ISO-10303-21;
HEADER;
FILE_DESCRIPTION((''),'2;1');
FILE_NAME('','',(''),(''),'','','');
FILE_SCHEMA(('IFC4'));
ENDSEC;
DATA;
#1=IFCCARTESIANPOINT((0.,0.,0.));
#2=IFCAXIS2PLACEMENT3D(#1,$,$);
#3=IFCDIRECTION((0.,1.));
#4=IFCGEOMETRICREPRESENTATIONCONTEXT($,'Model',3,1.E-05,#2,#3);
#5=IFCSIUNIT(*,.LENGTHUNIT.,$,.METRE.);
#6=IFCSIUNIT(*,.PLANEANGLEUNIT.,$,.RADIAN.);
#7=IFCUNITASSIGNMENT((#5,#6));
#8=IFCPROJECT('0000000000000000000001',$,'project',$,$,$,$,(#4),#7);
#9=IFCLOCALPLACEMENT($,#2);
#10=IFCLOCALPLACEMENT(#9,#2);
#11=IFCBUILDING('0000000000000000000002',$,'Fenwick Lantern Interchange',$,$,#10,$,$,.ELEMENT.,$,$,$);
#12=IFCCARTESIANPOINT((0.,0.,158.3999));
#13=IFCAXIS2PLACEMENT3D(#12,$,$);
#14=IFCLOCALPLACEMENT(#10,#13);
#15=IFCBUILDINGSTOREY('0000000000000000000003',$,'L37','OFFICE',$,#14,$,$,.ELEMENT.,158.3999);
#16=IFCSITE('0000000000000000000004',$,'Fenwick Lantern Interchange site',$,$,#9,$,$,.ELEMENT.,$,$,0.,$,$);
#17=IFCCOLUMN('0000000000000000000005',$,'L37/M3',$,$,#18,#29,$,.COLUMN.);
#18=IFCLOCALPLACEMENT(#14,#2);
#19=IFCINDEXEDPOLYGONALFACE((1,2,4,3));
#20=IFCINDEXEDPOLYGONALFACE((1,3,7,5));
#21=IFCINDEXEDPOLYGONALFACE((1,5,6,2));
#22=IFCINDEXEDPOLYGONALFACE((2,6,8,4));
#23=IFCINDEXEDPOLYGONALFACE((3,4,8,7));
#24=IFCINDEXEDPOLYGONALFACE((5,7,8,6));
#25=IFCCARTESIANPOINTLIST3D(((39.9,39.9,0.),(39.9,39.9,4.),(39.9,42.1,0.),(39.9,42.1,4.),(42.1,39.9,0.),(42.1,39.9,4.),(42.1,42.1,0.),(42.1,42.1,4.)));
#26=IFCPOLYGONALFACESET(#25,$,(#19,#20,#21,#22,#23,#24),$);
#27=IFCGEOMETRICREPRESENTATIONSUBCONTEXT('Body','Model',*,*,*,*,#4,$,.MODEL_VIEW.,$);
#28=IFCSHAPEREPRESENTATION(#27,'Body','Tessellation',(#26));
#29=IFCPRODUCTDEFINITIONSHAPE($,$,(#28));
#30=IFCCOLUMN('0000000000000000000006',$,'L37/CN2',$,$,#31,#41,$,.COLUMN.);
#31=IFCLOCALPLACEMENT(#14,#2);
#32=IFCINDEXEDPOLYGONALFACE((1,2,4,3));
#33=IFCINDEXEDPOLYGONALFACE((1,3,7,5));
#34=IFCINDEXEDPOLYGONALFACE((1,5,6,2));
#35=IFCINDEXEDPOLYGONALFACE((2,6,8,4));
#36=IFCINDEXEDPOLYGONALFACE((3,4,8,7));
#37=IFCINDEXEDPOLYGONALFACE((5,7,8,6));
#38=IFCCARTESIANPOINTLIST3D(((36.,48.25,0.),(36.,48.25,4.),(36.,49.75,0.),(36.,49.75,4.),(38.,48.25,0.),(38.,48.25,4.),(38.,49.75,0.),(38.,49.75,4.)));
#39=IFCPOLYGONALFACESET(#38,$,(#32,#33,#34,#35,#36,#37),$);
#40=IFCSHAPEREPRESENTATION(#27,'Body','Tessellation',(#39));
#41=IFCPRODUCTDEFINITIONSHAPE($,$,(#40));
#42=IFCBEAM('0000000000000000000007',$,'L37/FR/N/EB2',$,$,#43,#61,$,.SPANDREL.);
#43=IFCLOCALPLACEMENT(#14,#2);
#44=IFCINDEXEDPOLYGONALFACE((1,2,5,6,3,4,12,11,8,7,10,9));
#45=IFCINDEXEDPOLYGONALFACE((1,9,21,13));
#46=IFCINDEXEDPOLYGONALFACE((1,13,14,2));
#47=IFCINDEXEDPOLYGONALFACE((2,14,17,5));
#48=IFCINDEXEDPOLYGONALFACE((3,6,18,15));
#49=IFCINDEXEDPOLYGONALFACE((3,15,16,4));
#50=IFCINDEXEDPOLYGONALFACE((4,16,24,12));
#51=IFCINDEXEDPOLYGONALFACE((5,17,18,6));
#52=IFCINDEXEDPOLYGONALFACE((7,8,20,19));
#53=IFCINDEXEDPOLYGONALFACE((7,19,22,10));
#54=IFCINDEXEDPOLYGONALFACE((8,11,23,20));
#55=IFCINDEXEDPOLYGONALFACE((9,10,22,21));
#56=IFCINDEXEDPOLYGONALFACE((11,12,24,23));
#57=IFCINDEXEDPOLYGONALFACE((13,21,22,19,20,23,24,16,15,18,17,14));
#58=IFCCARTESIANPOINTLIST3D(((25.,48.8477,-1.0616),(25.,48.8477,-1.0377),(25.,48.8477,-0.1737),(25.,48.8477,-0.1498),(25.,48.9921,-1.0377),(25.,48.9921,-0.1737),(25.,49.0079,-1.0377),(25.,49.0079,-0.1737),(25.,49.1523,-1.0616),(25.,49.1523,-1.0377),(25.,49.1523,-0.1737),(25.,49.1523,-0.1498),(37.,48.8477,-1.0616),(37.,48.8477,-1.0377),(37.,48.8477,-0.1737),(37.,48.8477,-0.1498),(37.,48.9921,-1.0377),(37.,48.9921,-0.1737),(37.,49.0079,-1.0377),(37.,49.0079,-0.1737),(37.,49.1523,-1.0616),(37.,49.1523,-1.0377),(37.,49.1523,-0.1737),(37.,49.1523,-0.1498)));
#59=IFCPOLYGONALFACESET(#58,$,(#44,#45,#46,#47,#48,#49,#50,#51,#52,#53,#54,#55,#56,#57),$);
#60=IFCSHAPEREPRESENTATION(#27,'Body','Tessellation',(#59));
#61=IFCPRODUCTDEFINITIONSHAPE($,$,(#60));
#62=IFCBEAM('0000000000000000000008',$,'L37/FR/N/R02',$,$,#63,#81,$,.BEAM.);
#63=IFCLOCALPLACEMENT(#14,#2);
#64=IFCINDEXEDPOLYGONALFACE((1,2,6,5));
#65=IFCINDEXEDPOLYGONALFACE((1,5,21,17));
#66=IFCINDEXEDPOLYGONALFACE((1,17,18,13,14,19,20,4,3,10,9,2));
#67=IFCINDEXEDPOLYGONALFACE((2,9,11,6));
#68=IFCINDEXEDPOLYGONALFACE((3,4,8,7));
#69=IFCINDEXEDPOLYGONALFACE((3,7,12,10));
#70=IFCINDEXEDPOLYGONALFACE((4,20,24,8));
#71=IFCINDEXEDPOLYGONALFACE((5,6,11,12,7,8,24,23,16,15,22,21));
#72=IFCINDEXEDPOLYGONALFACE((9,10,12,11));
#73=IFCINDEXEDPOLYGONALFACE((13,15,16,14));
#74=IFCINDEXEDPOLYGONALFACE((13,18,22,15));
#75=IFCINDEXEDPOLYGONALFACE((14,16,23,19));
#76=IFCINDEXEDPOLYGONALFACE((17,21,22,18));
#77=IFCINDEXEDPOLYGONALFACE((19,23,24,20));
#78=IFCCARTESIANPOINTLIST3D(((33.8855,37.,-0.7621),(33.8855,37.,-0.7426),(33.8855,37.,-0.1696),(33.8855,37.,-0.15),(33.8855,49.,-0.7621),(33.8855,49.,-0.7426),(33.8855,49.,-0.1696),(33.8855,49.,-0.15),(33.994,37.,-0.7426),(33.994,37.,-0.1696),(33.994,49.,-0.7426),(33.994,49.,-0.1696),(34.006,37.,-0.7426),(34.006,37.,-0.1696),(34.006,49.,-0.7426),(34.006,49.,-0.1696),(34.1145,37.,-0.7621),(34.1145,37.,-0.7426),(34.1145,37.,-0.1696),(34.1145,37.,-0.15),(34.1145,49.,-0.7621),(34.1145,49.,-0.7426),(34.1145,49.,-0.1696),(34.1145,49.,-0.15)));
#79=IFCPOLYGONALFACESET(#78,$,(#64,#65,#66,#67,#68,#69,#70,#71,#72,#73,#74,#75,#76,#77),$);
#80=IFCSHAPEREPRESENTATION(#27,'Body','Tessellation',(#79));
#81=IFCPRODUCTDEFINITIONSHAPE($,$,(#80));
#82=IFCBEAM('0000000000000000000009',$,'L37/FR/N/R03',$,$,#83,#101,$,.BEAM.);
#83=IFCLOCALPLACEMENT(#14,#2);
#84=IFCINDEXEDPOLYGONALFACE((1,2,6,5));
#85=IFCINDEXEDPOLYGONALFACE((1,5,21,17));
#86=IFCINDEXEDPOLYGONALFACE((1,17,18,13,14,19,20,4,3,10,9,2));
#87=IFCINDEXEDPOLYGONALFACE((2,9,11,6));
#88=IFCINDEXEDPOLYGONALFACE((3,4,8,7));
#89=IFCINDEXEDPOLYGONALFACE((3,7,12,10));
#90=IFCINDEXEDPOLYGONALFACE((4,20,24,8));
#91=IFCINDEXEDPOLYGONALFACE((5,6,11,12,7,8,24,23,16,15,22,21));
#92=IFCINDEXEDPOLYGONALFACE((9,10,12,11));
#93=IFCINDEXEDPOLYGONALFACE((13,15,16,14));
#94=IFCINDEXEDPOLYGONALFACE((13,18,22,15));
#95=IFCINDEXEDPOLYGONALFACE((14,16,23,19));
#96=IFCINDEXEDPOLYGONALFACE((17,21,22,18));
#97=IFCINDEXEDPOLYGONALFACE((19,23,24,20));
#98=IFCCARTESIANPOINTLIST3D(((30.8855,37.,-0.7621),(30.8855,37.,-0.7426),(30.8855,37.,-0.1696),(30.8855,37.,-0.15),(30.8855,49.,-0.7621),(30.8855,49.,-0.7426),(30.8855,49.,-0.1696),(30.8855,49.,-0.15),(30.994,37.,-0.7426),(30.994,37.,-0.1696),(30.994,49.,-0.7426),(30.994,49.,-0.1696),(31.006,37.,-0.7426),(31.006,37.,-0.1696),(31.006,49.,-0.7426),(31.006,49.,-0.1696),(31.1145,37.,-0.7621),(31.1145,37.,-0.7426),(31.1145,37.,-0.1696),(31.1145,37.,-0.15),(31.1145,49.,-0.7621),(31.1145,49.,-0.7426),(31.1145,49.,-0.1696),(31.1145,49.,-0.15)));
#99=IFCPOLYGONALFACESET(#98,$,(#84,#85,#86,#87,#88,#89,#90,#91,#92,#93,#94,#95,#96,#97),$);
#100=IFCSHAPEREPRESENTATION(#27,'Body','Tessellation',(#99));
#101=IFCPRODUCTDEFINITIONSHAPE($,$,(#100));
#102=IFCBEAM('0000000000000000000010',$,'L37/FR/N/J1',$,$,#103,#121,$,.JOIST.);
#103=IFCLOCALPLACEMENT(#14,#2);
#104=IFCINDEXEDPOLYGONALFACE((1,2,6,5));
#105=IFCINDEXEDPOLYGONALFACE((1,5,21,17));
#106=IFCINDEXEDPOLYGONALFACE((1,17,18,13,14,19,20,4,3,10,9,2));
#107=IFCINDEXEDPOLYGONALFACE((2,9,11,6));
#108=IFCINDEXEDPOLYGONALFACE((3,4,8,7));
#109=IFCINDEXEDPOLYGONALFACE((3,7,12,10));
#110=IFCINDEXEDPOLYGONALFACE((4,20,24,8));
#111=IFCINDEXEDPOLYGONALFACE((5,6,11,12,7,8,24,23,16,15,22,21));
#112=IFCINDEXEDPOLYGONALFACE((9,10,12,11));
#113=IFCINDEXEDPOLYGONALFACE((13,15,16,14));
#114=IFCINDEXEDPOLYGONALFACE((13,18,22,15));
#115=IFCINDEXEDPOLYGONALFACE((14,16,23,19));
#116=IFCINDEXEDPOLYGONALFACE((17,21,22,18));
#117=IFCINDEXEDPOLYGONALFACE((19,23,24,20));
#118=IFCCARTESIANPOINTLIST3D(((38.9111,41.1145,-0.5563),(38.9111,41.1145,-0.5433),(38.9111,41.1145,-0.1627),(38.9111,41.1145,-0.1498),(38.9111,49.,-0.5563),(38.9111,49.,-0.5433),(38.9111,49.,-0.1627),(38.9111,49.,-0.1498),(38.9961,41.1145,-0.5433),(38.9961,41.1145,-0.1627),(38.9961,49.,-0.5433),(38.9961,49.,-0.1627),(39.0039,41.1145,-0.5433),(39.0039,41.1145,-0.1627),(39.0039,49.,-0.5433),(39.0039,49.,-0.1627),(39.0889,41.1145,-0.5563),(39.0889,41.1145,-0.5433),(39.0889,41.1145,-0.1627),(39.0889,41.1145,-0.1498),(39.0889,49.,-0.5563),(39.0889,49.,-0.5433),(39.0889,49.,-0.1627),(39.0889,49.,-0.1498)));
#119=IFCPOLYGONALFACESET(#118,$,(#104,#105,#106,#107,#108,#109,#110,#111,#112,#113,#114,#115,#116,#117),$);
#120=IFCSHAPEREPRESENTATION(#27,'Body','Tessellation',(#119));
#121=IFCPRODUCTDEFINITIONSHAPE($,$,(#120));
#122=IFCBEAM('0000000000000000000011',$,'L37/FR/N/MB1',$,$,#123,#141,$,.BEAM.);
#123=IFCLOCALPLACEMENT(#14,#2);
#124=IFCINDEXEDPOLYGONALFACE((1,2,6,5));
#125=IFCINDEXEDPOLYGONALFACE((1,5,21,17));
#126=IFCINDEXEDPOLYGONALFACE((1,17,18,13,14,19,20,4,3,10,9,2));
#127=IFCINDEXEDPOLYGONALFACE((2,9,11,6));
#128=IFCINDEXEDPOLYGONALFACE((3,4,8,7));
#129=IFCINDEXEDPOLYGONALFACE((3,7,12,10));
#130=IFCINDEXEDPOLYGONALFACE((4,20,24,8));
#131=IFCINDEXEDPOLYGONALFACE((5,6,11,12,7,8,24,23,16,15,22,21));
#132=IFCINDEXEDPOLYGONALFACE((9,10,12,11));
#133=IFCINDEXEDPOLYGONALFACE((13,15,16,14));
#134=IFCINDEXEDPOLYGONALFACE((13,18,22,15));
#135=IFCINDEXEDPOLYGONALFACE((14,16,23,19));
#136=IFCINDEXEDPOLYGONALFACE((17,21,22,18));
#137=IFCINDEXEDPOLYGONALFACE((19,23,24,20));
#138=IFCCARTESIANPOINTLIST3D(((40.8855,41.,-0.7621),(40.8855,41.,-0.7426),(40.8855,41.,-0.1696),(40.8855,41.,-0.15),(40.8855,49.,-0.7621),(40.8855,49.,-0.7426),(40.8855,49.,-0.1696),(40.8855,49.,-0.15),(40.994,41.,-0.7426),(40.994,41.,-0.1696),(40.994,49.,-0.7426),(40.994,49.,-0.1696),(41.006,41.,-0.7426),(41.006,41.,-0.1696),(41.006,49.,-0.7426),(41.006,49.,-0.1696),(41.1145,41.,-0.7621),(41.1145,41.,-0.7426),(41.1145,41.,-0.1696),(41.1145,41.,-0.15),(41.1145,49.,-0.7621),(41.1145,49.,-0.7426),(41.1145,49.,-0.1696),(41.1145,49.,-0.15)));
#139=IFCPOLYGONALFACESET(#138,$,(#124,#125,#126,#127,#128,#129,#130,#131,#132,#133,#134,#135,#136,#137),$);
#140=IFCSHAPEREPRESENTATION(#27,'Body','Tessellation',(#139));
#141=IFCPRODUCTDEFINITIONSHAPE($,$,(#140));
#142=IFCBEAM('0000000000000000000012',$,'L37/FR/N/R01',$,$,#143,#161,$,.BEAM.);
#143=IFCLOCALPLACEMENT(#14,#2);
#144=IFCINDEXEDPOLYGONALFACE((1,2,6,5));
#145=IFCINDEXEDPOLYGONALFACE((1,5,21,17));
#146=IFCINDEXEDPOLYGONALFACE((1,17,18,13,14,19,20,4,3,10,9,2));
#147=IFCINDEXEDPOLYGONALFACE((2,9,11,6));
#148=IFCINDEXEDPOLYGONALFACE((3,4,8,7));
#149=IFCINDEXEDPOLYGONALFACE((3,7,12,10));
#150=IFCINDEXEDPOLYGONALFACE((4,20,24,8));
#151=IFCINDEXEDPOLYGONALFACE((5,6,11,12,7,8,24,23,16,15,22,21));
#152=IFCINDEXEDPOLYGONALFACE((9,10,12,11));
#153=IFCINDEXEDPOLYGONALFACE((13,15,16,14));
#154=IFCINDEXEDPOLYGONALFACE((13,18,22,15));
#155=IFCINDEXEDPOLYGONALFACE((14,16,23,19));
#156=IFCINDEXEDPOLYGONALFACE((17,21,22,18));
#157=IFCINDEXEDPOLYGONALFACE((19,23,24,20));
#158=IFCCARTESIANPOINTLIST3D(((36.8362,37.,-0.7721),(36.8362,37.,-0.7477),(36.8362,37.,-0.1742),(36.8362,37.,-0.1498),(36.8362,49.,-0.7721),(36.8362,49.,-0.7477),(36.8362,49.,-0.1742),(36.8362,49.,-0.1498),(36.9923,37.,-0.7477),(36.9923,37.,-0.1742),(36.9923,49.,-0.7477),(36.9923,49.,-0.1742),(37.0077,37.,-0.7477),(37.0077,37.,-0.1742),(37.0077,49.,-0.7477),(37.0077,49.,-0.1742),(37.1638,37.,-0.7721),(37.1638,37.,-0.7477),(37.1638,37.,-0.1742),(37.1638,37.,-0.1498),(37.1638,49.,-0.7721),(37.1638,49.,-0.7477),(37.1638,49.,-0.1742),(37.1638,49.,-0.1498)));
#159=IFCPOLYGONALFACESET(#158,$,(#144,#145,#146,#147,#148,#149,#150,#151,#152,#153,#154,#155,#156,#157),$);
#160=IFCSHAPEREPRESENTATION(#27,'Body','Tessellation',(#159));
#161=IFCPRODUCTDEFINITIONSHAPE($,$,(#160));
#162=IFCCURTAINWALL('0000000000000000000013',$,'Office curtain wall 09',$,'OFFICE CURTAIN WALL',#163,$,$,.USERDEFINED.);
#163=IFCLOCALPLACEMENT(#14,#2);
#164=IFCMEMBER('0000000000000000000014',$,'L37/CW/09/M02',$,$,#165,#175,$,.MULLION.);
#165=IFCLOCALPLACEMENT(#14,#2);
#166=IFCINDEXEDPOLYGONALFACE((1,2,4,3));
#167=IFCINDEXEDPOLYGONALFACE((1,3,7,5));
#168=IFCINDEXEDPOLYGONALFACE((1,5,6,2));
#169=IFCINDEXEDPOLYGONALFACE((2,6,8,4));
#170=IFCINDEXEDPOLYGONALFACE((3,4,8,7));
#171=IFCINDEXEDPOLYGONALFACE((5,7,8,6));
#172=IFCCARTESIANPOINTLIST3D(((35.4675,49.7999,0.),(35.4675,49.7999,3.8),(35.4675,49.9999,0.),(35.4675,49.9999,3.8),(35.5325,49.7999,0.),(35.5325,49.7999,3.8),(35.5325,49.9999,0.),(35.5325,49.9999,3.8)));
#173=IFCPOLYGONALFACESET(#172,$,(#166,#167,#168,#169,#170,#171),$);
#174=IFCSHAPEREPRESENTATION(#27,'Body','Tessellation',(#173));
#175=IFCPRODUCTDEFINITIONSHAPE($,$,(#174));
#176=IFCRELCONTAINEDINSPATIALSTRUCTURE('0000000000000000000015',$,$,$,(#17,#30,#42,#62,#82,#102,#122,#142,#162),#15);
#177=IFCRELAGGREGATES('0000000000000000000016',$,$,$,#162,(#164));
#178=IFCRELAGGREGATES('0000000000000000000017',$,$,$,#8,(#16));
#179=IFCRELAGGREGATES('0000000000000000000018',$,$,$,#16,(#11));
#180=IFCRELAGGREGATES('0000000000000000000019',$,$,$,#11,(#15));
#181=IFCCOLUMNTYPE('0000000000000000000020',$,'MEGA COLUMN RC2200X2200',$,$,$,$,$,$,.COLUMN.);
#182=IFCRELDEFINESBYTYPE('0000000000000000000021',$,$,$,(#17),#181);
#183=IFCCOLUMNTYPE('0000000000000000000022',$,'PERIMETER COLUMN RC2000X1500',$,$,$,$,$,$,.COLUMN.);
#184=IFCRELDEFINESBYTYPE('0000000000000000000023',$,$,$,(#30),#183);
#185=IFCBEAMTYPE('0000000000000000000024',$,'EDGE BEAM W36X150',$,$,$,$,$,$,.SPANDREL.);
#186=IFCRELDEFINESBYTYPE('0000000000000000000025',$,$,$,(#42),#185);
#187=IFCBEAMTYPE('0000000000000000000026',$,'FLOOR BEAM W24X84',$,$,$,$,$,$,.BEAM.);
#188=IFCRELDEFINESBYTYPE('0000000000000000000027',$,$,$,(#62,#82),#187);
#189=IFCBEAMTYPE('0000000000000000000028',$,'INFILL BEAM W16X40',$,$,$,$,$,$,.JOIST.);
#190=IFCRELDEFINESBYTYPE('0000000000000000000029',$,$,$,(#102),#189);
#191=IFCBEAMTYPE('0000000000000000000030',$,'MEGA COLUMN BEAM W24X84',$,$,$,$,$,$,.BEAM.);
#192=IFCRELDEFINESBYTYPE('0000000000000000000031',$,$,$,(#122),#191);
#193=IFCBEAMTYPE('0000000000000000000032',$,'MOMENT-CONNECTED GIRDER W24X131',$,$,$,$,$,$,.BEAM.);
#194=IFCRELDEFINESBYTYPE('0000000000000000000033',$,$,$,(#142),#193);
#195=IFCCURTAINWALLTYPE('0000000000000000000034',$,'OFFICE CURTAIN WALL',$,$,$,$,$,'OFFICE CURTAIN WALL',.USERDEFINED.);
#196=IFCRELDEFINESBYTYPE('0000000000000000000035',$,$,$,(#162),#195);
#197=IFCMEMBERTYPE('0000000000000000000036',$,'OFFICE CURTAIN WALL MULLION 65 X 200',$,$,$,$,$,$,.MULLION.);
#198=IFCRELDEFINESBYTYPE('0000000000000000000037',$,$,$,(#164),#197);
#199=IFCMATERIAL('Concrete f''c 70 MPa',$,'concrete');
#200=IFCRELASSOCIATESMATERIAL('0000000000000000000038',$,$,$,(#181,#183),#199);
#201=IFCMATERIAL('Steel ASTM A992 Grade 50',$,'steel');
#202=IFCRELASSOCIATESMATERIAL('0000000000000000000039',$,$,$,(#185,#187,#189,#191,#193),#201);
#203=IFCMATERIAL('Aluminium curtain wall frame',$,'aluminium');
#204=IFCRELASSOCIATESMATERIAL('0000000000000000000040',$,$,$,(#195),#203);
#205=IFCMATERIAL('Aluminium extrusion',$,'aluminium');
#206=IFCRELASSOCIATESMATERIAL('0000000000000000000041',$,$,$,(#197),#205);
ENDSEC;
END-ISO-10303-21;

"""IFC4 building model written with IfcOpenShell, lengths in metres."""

from ifc_helpers import new_model, si_unit, direction, frame, origin, origin_2d, place, context, subcontext, project, spatial, rectangle, i_section, extrude, material, material_profile, profile_set, type_object, element, aggregate, save


model = new_model("IFC4")

# Units and contexts
model_context = context("Model", 3, precision=1e-05, world=origin(), true_north=direction((0.0, 1.0)))
body_context = subcontext(model_context, "Body", "Model", "MODEL_VIEW")
ifc_project = project(units=[si_unit("LENGTHUNIT", "METRE"), si_unit("PLANEANGLEUNIT", "RADIAN")], contexts=[model_context])

# Site, building, storey
site_placement = place(None, origin())
site = spatial("IfcSite", under=ifc_project, at=site_placement, Name="Fenwick Lantern Interchange site", CompositionType="ELEMENT", RefElevation=0.0)
building_placement = place(site_placement, origin())
building = spatial("IfcBuilding", under=site, at=building_placement, Name="Fenwick Lantern Interchange", CompositionType="ELEMENT")
storey_placement = place(building_placement, frame((0.0, 0.0, 158.3999)))
storey = spatial("IfcBuildingStorey", under=building, at=storey_placement, Name="L37", Description="OFFICE", CompositionType="ELEMENT", Elevation=158.3999)

# Columns
ifc_material_1 = material(Name="Concrete f'c 70 MPa", Category="concrete")
ifc_material_profile_1 = material_profile(ifc_material_1, rectangle(XDim=2.2, YDim=2.2, at=origin_2d()), Name="RC2200X2200")
ifc_profile_set_1 = profile_set([ifc_material_profile_1], Name="Concrete f'c 70 MPa")
column_type_1 = type_object("IfcColumnType", Name="MEGA COLUMN RC2200X2200", PredefinedType="COLUMN", material=ifc_profile_set_1)
column_1_placement = place(storey_placement, frame((41.0, 41.0, 0.0), z_axis=(0.0, 0.0, 1.0), x_axis=(1.0, 0.0, 0.0)))
element("IfcColumn", 1, at=column_1_placement, inside=storey, type_object=column_type_1, Name="L37/M3", PredefinedType="COLUMN", context=body_context, shape_type="SweptSolid", body=[
    extrude(rectangle(XDim=2.2, YDim=2.2, at=origin_2d()), origin(), (0.0, 0.0, 1.0), 4.0),
])
ifc_material_profile_2 = material_profile(ifc_material_1, rectangle(XDim=2.0, YDim=1.5, at=origin_2d()), Name="RC2000X1500")
ifc_profile_set_2 = profile_set([ifc_material_profile_2], Name="Concrete f'c 70 MPa")
column_type_2 = type_object("IfcColumnType", Name="PERIMETER COLUMN RC2000X1500", PredefinedType="COLUMN", material=ifc_profile_set_2)
column_2_placement = place(storey_placement, frame((37.0, 49.0, 0.0), z_axis=(0.0, 0.0, 1.0), x_axis=(1.0, 0.0, 0.0)))
element("IfcColumn", 2, at=column_2_placement, inside=storey, type_object=column_type_2, Name="L37/CN2", PredefinedType="COLUMN", context=body_context, shape_type="SweptSolid", body=[
    extrude(rectangle(XDim=2.0, YDim=1.5, at=origin_2d()), origin(), (0.0, 0.0, 1.0), 4.0),
])

# Beams
ifc_material_2 = material(Name="Steel ASTM A992 Grade 50", Category="steel")
ifc_material_profile_3 = material_profile(ifc_material_2, i_section(OverallWidth=0.3047, OverallDepth=0.9119, WebThickness=0.0159, FlangeThickness=0.0239, at=origin_2d()), Name="W36X150")
ifc_profile_set_3 = profile_set([ifc_material_profile_3], Name="Steel ASTM A992 Grade 50")
beam_type_1 = type_object("IfcBeamType", Name="EDGE BEAM W36X150", PredefinedType="SPANDREL", material=ifc_profile_set_3)
beam_1_placement = place(storey_placement, frame((37.0, 49.0, -0.6057), z_axis=(-1.0, 0.0, 0.0), x_axis=(0.0, -1.0, 0.0)))
element("IfcBeam", 3, at=beam_1_placement, inside=storey, type_object=beam_type_1, Name="L37/FR/N/EB2", PredefinedType="SPANDREL", context=body_context, shape_type="SweptSolid", body=[
    extrude(i_section(OverallWidth=0.3047, OverallDepth=0.9119, WebThickness=0.0159, FlangeThickness=0.0239, at=origin_2d()), origin(), (0.0, 0.0, 1.0), 12.0),
])
ifc_material_profile_4 = material_profile(ifc_material_2, i_section(OverallWidth=0.229, OverallDepth=0.6121, WebThickness=0.012, FlangeThickness=0.0195, at=origin_2d()), Name="W24X84")
ifc_profile_set_4 = profile_set([ifc_material_profile_4], Name="Steel ASTM A992 Grade 50")
beam_type_2 = type_object("IfcBeamType", Name="FLOOR BEAM W24X84", PredefinedType="BEAM", material=ifc_profile_set_4)
for number, where, z_axis, x_axis, name in (
    (4, (34.0, 49.0, -0.4561), (0.0, -1.0, 0.0), (1.0, 0.0, 0.0), "L37/FR/N/R02"),
    (5, (31.0, 49.0, -0.4561), (0.0, -1.0, 0.0), (1.0, 0.0, 0.0), "L37/FR/N/R03"),
):
    element("IfcBeam", number, at=place(storey_placement, frame(where, z_axis=z_axis, x_axis=x_axis)), inside=storey, type_object=beam_type_2, Name=name, PredefinedType="BEAM", context=body_context, shape_type="SweptSolid", body=[
        extrude(i_section(OverallWidth=0.229, OverallDepth=0.6121, WebThickness=0.012, FlangeThickness=0.0195, at=origin_2d()), origin(), (0.0, 0.0, 1.0), 12.0),
    ])
ifc_material_profile_5 = material_profile(ifc_material_2, i_section(OverallWidth=0.1777, OverallDepth=0.4065, WebThickness=0.0078, FlangeThickness=0.0129, at=origin_2d()), Name="W16X40")
ifc_profile_set_5 = profile_set([ifc_material_profile_5], Name="Steel ASTM A992 Grade 50")
beam_type_3 = type_object("IfcBeamType", Name="INFILL BEAM W16X40", PredefinedType="JOIST", material=ifc_profile_set_5)
beam_2_placement = place(storey_placement, frame((39.0, 49.0, -0.353), z_axis=(0.0, -1.0, 0.0), x_axis=(1.0, 0.0, 0.0)))
element("IfcBeam", 6, at=beam_2_placement, inside=storey, type_object=beam_type_3, Name="L37/FR/N/J1", PredefinedType="JOIST", context=body_context, shape_type="SweptSolid", body=[
    extrude(i_section(OverallWidth=0.1777, OverallDepth=0.4065, WebThickness=0.0078, FlangeThickness=0.0129, at=origin_2d()), origin(), (0.0, 0.0, 1.0), 7.8855),
])
ifc_material_profile_6 = material_profile(ifc_material_2, i_section(OverallWidth=0.229, OverallDepth=0.6121, WebThickness=0.012, FlangeThickness=0.0195, at=origin_2d()), Name="W24X84")
ifc_profile_set_6 = profile_set([ifc_material_profile_6], Name="Steel ASTM A992 Grade 50")
beam_type_4 = type_object("IfcBeamType", Name="MEGA COLUMN BEAM W24X84", PredefinedType="BEAM", material=ifc_profile_set_6)
beam_3_placement = place(storey_placement, frame((41.0, 41.0, -0.4561), z_axis=(0.0, 1.0, 0.0), x_axis=(-1.0, 0.0, 0.0)))
element("IfcBeam", 7, at=beam_3_placement, inside=storey, type_object=beam_type_4, Name="L37/FR/N/MB1", PredefinedType="BEAM", context=body_context, shape_type="SweptSolid", body=[
    extrude(i_section(OverallWidth=0.229, OverallDepth=0.6121, WebThickness=0.012, FlangeThickness=0.0195, at=origin_2d()), origin(), (0.0, 0.0, 1.0), 8.0),
])
ifc_material_profile_7 = material_profile(ifc_material_2, i_section(OverallWidth=0.3276, OverallDepth=0.6223, WebThickness=0.0154, FlangeThickness=0.0244, at=origin_2d()), Name="W24X131")
ifc_profile_set_7 = profile_set([ifc_material_profile_7], Name="Steel ASTM A992 Grade 50")
beam_type_5 = type_object("IfcBeamType", Name="MOMENT-CONNECTED GIRDER W24X131", PredefinedType="BEAM", material=ifc_profile_set_7)
beam_4_placement = place(storey_placement, frame((37.0, 49.0, -0.4609), z_axis=(0.0, -1.0, 0.0), x_axis=(1.0, 0.0, 0.0)))
element("IfcBeam", 8, at=beam_4_placement, inside=storey, type_object=beam_type_5, Name="L37/FR/N/R01", PredefinedType="BEAM", context=body_context, shape_type="SweptSolid", body=[
    extrude(i_section(OverallWidth=0.3276, OverallDepth=0.6223, WebThickness=0.0154, FlangeThickness=0.0244, at=origin_2d()), origin(), (0.0, 0.0, 1.0), 12.0),
])

# Curtain wall, member
ifc_material_3 = material(Name="Aluminium curtain wall frame", Category="aluminium")
curtain_wall_type = type_object("IfcCurtainWallType", Name="OFFICE CURTAIN WALL", ElementType="OFFICE CURTAIN WALL", PredefinedType="USERDEFINED", material=ifc_material_3)
curtain_wall_placement = place(storey_placement, origin())
curtain_wall = element("IfcCurtainWall", 9, at=curtain_wall_placement, inside=storey, type_object=curtain_wall_type, Name="Office curtain wall 09", ObjectType="OFFICE CURTAIN WALL", PredefinedType="USERDEFINED")
ifc_material_4 = material(Name="Aluminium extrusion", Category="aluminium")
ifc_material_profile_8 = material_profile(ifc_material_4, rectangle(XDim=0.2, YDim=0.0649, at=origin_2d()), Name="OFFICE CURTAIN WALL MULLION 65 X 200")
ifc_profile_set_8 = profile_set([ifc_material_profile_8], Name="Aluminium extrusion")
member_type_1 = type_object("IfcMemberType", Name="OFFICE CURTAIN WALL MULLION 65 X 200", PredefinedType="MULLION", material=ifc_profile_set_8)
member_1_placement = place(storey_placement, frame((35.5, 49.8999, 0.0), z_axis=(0.0, 0.0, 1.0), x_axis=(0.0, -1.0, 0.0)))
member_1 = element("IfcMember", 10, at=member_1_placement, type_object=member_type_1, Name="L37/CW/09/M02", PredefinedType="MULLION", context=body_context, shape_type="SweptSolid", body=[
    extrude(rectangle(XDim=0.2, YDim=0.0649, at=origin_2d()), origin(), (0.0, 0.0, 1.0), 3.8),
])
aggregate(curtain_wall, [member_1])

save(model, "model.ifc")
